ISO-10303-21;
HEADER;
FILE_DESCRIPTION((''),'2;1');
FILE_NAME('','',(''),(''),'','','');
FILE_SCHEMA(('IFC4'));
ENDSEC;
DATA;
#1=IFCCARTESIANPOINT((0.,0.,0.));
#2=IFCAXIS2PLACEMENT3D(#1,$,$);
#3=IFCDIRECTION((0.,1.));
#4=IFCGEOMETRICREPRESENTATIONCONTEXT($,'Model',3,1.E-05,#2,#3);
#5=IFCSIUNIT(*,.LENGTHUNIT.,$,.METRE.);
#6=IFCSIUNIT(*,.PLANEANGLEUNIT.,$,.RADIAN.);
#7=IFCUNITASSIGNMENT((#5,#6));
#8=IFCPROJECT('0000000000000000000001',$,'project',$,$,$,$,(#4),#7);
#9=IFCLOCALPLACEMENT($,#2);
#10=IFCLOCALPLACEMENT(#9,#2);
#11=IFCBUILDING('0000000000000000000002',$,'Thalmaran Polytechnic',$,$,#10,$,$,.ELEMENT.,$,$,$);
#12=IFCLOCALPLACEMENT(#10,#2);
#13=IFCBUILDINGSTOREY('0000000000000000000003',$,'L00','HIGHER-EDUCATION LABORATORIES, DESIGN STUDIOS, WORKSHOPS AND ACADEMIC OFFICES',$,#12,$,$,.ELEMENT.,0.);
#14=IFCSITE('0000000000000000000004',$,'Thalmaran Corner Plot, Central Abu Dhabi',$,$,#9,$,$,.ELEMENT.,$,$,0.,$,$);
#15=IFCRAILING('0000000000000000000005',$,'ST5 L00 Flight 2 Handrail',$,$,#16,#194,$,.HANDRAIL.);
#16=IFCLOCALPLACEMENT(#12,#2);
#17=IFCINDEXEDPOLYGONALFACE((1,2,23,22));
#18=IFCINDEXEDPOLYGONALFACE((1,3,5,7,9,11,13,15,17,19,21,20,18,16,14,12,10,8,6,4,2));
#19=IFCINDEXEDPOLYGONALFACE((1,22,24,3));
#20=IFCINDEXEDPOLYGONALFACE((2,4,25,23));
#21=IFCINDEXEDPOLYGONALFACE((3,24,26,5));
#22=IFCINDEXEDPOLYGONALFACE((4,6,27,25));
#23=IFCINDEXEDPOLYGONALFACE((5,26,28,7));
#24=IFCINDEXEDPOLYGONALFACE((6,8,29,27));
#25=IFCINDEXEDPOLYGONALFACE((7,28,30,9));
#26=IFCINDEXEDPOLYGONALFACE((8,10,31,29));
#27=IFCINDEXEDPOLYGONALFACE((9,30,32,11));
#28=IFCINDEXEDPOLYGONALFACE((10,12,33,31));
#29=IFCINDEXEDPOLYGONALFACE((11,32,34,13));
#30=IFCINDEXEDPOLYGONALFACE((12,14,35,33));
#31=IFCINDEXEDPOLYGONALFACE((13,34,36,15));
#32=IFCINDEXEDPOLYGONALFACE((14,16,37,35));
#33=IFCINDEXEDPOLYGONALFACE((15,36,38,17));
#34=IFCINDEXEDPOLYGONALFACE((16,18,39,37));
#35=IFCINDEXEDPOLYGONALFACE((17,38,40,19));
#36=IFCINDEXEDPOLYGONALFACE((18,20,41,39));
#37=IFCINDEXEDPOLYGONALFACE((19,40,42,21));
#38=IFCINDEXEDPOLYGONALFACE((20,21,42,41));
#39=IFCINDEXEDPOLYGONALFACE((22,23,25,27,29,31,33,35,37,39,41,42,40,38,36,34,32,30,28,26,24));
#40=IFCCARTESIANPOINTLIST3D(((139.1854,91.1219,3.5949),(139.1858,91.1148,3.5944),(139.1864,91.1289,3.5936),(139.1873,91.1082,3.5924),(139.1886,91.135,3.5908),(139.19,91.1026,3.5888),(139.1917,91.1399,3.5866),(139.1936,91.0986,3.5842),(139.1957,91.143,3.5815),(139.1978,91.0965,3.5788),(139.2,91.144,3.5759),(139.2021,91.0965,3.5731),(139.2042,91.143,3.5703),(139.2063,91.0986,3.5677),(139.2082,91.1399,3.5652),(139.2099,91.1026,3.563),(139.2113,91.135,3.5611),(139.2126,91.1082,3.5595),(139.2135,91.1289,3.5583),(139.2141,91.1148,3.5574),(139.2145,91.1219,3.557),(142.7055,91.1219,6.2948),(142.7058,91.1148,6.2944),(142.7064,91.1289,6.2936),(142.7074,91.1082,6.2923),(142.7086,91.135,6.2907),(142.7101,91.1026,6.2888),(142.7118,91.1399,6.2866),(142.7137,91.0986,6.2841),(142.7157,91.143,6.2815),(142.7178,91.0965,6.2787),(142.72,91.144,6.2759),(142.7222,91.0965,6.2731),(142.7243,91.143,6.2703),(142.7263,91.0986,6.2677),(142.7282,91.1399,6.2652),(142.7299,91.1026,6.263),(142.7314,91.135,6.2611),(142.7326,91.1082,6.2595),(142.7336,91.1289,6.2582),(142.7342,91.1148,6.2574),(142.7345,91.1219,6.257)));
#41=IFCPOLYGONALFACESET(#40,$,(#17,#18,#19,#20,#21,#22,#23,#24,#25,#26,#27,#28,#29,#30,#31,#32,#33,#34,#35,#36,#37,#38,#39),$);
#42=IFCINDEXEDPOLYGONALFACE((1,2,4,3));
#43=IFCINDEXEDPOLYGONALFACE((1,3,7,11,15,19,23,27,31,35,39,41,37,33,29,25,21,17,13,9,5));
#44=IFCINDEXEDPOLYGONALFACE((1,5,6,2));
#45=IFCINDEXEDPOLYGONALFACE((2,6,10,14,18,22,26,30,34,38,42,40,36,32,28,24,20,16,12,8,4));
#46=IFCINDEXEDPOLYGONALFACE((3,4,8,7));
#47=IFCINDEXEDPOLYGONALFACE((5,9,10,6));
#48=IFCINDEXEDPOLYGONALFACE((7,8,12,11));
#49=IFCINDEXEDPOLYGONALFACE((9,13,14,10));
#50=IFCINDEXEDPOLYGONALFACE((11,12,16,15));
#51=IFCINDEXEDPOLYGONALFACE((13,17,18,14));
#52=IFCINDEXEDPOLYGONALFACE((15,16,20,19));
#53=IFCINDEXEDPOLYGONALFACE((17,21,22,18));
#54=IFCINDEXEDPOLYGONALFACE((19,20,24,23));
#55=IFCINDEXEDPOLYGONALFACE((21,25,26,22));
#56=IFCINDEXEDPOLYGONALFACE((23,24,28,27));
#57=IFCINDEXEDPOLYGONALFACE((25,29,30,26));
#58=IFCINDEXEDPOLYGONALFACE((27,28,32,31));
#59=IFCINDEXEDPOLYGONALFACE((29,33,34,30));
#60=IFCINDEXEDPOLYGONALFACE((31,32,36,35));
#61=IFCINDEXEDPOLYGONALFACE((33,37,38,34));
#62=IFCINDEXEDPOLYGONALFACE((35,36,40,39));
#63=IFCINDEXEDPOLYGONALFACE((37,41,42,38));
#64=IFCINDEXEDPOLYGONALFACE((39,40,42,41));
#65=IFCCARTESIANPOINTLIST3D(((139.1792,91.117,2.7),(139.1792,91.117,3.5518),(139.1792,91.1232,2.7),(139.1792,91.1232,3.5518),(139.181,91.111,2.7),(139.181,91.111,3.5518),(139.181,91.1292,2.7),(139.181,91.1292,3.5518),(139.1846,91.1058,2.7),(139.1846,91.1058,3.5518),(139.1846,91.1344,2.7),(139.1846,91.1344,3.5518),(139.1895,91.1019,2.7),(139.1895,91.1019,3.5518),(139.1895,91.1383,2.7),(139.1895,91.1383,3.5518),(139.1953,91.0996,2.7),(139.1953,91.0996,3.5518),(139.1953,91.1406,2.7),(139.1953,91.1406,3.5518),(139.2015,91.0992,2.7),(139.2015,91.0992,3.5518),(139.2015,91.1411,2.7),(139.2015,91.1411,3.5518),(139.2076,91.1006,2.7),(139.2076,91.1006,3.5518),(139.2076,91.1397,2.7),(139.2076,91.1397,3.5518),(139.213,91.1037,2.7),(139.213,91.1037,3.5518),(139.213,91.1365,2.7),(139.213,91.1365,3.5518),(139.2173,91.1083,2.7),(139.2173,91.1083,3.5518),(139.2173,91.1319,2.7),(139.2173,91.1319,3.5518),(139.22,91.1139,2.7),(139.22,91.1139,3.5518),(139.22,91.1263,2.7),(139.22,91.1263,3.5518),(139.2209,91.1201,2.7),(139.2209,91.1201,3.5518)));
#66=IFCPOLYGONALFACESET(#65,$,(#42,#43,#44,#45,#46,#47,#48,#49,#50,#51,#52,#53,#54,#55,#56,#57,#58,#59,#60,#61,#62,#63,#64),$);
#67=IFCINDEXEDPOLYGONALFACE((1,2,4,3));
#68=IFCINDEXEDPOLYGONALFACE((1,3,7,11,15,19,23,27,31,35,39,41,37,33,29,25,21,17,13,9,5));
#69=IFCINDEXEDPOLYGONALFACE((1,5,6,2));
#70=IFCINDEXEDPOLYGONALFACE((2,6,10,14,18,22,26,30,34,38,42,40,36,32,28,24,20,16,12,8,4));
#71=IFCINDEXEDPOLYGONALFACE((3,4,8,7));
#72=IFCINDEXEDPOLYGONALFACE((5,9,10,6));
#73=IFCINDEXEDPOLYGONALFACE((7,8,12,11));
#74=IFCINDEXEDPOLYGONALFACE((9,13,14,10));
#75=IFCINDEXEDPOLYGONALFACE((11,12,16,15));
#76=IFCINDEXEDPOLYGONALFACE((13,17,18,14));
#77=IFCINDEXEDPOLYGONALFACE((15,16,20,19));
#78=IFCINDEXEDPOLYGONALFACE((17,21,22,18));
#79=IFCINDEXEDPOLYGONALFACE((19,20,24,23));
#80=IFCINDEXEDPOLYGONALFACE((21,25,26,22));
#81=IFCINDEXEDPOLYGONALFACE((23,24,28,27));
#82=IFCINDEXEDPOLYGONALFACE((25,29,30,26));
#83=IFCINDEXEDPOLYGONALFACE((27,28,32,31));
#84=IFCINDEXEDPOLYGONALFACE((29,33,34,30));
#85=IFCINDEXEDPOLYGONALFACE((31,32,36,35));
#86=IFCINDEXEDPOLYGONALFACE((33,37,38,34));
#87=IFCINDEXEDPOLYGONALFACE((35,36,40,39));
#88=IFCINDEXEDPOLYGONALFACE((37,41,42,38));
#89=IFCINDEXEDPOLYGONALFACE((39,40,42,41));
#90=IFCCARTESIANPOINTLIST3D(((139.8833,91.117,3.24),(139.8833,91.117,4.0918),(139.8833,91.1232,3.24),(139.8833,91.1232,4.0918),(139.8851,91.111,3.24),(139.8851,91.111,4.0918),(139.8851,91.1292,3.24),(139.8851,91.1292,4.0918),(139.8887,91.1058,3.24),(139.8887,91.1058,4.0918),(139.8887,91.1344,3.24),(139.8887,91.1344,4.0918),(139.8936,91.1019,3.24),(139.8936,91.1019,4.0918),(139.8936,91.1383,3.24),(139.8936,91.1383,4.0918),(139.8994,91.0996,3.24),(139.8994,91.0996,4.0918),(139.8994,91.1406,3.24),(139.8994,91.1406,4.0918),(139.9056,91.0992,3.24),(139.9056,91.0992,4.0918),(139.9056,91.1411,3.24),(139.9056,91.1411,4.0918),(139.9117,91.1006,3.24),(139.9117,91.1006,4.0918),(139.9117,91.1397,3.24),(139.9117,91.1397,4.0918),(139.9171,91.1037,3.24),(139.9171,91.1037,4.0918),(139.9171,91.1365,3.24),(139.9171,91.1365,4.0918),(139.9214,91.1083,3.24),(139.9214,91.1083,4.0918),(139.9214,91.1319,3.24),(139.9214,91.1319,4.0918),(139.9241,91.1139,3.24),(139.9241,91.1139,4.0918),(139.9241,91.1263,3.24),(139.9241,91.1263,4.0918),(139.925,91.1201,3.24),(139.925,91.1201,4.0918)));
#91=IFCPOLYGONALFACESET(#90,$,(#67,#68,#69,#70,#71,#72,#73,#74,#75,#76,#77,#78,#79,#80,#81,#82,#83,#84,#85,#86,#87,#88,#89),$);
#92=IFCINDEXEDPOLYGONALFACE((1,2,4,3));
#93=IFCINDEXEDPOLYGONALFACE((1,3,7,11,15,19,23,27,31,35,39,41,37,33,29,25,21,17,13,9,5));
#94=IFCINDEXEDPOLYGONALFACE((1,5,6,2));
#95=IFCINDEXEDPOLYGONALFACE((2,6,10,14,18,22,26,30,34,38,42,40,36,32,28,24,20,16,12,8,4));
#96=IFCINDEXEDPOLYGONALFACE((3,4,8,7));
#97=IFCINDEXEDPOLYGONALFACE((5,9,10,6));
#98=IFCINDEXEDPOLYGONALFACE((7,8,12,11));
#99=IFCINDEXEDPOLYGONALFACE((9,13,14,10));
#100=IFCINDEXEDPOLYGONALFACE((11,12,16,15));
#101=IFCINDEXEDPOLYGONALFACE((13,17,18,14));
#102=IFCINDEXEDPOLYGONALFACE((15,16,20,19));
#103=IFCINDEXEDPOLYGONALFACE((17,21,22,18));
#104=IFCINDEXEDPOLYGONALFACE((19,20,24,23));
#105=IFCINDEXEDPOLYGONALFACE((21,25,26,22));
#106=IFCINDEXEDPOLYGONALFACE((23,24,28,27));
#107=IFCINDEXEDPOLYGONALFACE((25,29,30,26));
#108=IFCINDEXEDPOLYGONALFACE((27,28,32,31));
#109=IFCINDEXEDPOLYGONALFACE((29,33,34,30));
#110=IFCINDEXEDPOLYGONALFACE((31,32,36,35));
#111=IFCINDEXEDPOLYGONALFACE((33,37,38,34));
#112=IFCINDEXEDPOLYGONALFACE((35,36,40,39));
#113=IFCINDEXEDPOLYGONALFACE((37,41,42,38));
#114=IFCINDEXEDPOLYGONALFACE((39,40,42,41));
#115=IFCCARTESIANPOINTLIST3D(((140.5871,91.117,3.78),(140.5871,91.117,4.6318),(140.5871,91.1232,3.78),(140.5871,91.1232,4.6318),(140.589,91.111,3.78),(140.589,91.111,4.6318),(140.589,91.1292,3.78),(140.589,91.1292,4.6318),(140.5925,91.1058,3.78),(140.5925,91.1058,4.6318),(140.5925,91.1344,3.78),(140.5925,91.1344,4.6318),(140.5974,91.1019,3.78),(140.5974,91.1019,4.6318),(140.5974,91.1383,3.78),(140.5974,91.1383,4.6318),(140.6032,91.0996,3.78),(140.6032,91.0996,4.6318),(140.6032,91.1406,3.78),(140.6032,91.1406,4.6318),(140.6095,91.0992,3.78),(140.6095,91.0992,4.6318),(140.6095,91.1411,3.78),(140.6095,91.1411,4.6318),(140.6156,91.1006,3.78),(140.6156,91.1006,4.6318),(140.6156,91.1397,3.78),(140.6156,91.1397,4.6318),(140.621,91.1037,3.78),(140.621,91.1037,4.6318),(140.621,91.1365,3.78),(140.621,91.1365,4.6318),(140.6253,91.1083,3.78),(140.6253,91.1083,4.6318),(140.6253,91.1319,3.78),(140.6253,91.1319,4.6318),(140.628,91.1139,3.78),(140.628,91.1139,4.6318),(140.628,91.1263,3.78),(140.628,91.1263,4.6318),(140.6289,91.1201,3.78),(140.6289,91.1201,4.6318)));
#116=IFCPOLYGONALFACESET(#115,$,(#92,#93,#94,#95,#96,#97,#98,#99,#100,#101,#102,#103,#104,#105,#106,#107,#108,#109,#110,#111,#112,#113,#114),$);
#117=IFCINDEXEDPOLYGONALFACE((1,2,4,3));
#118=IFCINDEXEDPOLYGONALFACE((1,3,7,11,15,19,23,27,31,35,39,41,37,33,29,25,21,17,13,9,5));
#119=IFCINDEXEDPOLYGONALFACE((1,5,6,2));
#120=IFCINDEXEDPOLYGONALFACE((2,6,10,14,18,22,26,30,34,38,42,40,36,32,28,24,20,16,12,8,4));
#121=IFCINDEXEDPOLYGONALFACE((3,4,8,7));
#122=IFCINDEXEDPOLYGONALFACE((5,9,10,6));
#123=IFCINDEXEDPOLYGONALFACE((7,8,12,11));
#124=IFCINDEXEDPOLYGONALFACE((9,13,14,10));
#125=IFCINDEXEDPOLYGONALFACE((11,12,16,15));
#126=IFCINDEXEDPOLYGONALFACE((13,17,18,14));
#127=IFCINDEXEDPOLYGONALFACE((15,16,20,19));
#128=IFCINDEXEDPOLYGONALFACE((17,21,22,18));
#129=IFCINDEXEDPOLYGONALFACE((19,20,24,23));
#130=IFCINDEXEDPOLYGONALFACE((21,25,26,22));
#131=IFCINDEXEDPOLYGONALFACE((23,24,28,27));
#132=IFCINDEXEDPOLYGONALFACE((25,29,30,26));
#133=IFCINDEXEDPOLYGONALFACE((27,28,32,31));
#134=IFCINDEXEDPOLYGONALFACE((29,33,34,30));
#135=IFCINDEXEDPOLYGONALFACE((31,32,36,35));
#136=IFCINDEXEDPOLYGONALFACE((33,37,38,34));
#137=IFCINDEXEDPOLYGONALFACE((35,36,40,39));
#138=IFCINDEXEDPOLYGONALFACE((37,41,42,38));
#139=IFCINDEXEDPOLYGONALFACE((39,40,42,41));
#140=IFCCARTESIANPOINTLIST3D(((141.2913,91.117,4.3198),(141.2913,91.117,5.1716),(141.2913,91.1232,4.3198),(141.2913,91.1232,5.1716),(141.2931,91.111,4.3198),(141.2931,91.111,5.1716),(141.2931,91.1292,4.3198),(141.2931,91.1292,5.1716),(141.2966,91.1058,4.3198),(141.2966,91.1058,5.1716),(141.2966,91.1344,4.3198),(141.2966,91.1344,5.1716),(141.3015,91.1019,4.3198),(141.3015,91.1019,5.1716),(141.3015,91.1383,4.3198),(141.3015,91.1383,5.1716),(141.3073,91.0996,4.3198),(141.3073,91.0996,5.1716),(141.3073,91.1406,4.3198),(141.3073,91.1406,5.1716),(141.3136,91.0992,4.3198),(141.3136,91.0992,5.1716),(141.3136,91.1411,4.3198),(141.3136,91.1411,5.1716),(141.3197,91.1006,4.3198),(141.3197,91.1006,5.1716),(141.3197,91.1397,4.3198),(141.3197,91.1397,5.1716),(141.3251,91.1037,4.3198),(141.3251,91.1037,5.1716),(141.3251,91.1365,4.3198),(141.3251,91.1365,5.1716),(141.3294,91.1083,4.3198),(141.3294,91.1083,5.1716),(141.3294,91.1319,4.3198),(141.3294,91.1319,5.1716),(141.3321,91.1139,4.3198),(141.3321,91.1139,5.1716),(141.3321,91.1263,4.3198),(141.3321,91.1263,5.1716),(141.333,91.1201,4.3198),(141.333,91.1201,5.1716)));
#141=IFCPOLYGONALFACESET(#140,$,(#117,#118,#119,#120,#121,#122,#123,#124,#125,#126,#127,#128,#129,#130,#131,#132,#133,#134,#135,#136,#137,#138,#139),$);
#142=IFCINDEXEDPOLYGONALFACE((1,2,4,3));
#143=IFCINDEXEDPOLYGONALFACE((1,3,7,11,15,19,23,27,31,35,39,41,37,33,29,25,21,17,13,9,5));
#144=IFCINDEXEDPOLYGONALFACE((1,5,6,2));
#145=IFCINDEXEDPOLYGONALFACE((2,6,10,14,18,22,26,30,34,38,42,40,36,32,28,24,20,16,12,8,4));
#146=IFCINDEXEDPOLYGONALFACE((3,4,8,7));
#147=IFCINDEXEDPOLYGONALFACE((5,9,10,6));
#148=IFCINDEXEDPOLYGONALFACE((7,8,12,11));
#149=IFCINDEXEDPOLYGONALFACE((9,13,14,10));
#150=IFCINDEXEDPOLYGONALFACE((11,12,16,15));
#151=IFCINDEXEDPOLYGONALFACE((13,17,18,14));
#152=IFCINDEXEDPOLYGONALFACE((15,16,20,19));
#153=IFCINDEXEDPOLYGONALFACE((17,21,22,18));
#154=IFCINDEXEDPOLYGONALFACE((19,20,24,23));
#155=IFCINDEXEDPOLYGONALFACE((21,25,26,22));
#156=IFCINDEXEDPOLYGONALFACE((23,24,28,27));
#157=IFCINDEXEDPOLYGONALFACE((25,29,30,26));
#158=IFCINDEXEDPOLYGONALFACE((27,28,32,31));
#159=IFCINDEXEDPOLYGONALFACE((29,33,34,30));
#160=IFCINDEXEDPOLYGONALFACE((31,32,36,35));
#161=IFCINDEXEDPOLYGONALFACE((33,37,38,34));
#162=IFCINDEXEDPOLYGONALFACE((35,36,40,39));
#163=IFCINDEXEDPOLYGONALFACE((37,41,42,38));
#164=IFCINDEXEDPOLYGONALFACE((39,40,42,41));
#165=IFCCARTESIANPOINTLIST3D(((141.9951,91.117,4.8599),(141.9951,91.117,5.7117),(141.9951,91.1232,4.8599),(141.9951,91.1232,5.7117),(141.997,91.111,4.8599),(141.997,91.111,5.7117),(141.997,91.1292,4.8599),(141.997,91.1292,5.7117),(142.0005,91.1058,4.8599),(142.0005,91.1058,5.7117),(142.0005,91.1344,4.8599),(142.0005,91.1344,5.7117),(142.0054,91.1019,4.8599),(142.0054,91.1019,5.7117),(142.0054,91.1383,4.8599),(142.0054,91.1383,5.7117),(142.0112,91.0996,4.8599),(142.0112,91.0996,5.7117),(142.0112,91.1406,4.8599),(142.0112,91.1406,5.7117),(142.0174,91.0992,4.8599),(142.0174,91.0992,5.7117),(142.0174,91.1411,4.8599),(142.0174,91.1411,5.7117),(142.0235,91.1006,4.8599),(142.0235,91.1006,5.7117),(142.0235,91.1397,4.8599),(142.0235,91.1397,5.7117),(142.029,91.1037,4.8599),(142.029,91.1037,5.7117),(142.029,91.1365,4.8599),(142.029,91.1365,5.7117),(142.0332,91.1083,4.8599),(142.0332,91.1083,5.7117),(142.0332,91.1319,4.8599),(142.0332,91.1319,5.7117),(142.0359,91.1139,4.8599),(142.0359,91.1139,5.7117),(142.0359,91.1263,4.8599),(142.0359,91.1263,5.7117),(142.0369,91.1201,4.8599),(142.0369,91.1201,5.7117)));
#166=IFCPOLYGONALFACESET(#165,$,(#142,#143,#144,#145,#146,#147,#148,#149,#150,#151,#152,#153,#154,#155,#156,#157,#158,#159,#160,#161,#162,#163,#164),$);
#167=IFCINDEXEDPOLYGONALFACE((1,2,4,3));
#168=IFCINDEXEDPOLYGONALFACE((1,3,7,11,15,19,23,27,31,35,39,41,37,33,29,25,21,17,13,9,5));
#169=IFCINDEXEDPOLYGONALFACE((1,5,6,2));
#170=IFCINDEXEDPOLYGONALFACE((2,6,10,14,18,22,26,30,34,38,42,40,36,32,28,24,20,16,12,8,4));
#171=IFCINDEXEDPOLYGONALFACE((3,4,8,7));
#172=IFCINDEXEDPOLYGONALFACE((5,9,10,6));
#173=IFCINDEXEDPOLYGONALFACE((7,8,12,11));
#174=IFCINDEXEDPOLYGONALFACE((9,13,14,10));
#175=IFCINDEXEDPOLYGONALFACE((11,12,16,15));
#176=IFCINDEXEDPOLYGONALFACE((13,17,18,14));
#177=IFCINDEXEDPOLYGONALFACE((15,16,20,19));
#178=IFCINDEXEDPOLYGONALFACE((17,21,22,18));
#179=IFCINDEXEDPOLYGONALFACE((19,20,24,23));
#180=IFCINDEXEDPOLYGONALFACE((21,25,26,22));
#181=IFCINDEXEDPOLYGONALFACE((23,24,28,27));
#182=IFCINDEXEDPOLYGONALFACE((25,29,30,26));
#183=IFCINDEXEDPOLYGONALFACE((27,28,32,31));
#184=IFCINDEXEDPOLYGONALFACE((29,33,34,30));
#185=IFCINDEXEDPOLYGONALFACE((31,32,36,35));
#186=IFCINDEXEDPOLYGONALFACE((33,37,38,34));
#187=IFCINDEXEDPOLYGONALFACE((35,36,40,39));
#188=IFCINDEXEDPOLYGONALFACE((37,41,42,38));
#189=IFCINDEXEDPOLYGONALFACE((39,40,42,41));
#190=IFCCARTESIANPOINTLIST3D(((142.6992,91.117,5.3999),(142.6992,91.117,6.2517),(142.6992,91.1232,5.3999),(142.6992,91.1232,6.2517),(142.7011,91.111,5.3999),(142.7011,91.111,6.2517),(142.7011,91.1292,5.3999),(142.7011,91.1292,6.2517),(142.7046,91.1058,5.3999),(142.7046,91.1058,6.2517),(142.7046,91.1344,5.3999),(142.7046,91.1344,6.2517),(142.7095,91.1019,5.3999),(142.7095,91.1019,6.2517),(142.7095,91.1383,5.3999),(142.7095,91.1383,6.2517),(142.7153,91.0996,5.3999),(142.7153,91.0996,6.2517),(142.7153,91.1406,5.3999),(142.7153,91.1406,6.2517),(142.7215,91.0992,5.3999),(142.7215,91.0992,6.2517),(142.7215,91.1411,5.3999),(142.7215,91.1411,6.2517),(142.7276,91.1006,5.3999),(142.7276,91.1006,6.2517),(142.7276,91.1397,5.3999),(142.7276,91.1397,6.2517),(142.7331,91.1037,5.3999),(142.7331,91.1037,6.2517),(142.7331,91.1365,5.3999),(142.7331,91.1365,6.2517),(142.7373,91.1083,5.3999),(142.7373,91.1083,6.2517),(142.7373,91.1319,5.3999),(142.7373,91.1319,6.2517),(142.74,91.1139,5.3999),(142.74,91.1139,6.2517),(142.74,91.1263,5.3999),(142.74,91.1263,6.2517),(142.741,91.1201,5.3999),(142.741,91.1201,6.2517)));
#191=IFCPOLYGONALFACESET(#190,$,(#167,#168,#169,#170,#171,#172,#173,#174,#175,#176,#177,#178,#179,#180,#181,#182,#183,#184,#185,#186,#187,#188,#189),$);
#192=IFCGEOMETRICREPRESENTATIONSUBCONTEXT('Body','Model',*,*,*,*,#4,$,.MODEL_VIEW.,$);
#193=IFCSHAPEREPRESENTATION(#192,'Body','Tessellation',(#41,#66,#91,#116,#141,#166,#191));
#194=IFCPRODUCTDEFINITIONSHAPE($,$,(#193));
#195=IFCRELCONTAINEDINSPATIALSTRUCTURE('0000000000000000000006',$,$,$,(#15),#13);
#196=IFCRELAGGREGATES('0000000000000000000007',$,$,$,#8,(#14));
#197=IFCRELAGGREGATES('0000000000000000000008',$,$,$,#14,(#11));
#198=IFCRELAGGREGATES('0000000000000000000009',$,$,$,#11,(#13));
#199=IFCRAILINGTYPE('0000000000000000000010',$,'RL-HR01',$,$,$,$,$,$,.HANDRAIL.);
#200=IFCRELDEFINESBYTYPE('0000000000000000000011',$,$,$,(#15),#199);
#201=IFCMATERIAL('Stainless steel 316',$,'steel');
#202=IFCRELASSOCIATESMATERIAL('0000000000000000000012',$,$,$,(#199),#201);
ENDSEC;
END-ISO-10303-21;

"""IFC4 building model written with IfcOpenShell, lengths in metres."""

from ifc_helpers import new_model, si_unit, direction, frame, origin, origin_2d, place, context, subcontext, project, spatial, circle, extrude, material, type_object, element, save


model = new_model("IFC4")

# Units and contexts
model_context = context("Model", 3, precision=1e-05, world=origin(), true_north=direction((0.0, 1.0)))
body_context = subcontext(model_context, "Body", "Model", "MODEL_VIEW")
ifc_project = project(units=[si_unit("LENGTHUNIT", "METRE"), si_unit("PLANEANGLEUNIT", "RADIAN")], contexts=[model_context])

# Site, building, storey
site_placement = place(None, origin())
site = spatial("IfcSite", under=ifc_project, at=site_placement, Name="Thalmaran Corner Plot, Central Abu Dhabi", CompositionType="ELEMENT", RefElevation=0.0)
building_placement = place(site_placement, origin())
building = spatial("IfcBuilding", under=site, at=building_placement, Name="Thalmaran Polytechnic", CompositionType="ELEMENT")
storey_placement = place(building_placement, origin())
storey = spatial("IfcBuildingStorey", under=building, at=storey_placement, Name="L00", Description="HIGHER-EDUCATION LABORATORIES, DESIGN STUDIOS, WORKSHOPS AND ACADEMIC OFFICES", CompositionType="ELEMENT", Elevation=0.0)

# Railing
ifc_material_1 = material(Name="Stainless steel 316", Category="steel")
railing_type_1 = type_object("IfcRailingType", Name="RL-HR01", PredefinedType="HANDRAIL", material=ifc_material_1)
railing_1_placement = place(storey_placement, frame((139.2, 91.1201, 2.7)))
element("IfcRailing", 1, at=railing_1_placement, inside=storey, type_object=railing_type_1, Name="ST5 L00 Flight 2 Handrail", PredefinedType="HANDRAIL", context=body_context, shape_type="SweptSolid", body=[
    extrude(circle(Radius=0.0239, at=origin_2d()), frame((0.0, 0.0, 0.876), z_axis=(0.793468, 0.0, 0.608612), x_axis=(0.0, 1.0, 0.0)), (0.0, 0.0, 1.0), 4.4363),
    extrude(circle(Radius=0.021, at=origin_2d()), origin(), (0.0, 0.0, 1.0), 0.8518),
    extrude(circle(Radius=0.021, at=origin_2d()), frame((0.7041, 0.0, 0.54)), (0.0, 0.0, 1.0), 0.8518),
    extrude(circle(Radius=0.021, at=origin_2d()), frame((1.408, 0.0, 1.0801)), (0.0, 0.0, 1.0), 0.8518),
    extrude(circle(Radius=0.021, at=origin_2d()), frame((2.1121, 0.0, 1.6199)), (0.0, 0.0, 1.0), 0.8518),
    extrude(circle(Radius=0.021, at=origin_2d()), frame((2.8159, 0.0, 2.1599)), (0.0, 0.0, 1.0), 0.8518),
    extrude(circle(Radius=0.021, at=origin_2d()), frame((3.52, 0.0, 2.7)), (0.0, 0.0, 1.0), 0.8518),
])

save(model, "model.ifc")
